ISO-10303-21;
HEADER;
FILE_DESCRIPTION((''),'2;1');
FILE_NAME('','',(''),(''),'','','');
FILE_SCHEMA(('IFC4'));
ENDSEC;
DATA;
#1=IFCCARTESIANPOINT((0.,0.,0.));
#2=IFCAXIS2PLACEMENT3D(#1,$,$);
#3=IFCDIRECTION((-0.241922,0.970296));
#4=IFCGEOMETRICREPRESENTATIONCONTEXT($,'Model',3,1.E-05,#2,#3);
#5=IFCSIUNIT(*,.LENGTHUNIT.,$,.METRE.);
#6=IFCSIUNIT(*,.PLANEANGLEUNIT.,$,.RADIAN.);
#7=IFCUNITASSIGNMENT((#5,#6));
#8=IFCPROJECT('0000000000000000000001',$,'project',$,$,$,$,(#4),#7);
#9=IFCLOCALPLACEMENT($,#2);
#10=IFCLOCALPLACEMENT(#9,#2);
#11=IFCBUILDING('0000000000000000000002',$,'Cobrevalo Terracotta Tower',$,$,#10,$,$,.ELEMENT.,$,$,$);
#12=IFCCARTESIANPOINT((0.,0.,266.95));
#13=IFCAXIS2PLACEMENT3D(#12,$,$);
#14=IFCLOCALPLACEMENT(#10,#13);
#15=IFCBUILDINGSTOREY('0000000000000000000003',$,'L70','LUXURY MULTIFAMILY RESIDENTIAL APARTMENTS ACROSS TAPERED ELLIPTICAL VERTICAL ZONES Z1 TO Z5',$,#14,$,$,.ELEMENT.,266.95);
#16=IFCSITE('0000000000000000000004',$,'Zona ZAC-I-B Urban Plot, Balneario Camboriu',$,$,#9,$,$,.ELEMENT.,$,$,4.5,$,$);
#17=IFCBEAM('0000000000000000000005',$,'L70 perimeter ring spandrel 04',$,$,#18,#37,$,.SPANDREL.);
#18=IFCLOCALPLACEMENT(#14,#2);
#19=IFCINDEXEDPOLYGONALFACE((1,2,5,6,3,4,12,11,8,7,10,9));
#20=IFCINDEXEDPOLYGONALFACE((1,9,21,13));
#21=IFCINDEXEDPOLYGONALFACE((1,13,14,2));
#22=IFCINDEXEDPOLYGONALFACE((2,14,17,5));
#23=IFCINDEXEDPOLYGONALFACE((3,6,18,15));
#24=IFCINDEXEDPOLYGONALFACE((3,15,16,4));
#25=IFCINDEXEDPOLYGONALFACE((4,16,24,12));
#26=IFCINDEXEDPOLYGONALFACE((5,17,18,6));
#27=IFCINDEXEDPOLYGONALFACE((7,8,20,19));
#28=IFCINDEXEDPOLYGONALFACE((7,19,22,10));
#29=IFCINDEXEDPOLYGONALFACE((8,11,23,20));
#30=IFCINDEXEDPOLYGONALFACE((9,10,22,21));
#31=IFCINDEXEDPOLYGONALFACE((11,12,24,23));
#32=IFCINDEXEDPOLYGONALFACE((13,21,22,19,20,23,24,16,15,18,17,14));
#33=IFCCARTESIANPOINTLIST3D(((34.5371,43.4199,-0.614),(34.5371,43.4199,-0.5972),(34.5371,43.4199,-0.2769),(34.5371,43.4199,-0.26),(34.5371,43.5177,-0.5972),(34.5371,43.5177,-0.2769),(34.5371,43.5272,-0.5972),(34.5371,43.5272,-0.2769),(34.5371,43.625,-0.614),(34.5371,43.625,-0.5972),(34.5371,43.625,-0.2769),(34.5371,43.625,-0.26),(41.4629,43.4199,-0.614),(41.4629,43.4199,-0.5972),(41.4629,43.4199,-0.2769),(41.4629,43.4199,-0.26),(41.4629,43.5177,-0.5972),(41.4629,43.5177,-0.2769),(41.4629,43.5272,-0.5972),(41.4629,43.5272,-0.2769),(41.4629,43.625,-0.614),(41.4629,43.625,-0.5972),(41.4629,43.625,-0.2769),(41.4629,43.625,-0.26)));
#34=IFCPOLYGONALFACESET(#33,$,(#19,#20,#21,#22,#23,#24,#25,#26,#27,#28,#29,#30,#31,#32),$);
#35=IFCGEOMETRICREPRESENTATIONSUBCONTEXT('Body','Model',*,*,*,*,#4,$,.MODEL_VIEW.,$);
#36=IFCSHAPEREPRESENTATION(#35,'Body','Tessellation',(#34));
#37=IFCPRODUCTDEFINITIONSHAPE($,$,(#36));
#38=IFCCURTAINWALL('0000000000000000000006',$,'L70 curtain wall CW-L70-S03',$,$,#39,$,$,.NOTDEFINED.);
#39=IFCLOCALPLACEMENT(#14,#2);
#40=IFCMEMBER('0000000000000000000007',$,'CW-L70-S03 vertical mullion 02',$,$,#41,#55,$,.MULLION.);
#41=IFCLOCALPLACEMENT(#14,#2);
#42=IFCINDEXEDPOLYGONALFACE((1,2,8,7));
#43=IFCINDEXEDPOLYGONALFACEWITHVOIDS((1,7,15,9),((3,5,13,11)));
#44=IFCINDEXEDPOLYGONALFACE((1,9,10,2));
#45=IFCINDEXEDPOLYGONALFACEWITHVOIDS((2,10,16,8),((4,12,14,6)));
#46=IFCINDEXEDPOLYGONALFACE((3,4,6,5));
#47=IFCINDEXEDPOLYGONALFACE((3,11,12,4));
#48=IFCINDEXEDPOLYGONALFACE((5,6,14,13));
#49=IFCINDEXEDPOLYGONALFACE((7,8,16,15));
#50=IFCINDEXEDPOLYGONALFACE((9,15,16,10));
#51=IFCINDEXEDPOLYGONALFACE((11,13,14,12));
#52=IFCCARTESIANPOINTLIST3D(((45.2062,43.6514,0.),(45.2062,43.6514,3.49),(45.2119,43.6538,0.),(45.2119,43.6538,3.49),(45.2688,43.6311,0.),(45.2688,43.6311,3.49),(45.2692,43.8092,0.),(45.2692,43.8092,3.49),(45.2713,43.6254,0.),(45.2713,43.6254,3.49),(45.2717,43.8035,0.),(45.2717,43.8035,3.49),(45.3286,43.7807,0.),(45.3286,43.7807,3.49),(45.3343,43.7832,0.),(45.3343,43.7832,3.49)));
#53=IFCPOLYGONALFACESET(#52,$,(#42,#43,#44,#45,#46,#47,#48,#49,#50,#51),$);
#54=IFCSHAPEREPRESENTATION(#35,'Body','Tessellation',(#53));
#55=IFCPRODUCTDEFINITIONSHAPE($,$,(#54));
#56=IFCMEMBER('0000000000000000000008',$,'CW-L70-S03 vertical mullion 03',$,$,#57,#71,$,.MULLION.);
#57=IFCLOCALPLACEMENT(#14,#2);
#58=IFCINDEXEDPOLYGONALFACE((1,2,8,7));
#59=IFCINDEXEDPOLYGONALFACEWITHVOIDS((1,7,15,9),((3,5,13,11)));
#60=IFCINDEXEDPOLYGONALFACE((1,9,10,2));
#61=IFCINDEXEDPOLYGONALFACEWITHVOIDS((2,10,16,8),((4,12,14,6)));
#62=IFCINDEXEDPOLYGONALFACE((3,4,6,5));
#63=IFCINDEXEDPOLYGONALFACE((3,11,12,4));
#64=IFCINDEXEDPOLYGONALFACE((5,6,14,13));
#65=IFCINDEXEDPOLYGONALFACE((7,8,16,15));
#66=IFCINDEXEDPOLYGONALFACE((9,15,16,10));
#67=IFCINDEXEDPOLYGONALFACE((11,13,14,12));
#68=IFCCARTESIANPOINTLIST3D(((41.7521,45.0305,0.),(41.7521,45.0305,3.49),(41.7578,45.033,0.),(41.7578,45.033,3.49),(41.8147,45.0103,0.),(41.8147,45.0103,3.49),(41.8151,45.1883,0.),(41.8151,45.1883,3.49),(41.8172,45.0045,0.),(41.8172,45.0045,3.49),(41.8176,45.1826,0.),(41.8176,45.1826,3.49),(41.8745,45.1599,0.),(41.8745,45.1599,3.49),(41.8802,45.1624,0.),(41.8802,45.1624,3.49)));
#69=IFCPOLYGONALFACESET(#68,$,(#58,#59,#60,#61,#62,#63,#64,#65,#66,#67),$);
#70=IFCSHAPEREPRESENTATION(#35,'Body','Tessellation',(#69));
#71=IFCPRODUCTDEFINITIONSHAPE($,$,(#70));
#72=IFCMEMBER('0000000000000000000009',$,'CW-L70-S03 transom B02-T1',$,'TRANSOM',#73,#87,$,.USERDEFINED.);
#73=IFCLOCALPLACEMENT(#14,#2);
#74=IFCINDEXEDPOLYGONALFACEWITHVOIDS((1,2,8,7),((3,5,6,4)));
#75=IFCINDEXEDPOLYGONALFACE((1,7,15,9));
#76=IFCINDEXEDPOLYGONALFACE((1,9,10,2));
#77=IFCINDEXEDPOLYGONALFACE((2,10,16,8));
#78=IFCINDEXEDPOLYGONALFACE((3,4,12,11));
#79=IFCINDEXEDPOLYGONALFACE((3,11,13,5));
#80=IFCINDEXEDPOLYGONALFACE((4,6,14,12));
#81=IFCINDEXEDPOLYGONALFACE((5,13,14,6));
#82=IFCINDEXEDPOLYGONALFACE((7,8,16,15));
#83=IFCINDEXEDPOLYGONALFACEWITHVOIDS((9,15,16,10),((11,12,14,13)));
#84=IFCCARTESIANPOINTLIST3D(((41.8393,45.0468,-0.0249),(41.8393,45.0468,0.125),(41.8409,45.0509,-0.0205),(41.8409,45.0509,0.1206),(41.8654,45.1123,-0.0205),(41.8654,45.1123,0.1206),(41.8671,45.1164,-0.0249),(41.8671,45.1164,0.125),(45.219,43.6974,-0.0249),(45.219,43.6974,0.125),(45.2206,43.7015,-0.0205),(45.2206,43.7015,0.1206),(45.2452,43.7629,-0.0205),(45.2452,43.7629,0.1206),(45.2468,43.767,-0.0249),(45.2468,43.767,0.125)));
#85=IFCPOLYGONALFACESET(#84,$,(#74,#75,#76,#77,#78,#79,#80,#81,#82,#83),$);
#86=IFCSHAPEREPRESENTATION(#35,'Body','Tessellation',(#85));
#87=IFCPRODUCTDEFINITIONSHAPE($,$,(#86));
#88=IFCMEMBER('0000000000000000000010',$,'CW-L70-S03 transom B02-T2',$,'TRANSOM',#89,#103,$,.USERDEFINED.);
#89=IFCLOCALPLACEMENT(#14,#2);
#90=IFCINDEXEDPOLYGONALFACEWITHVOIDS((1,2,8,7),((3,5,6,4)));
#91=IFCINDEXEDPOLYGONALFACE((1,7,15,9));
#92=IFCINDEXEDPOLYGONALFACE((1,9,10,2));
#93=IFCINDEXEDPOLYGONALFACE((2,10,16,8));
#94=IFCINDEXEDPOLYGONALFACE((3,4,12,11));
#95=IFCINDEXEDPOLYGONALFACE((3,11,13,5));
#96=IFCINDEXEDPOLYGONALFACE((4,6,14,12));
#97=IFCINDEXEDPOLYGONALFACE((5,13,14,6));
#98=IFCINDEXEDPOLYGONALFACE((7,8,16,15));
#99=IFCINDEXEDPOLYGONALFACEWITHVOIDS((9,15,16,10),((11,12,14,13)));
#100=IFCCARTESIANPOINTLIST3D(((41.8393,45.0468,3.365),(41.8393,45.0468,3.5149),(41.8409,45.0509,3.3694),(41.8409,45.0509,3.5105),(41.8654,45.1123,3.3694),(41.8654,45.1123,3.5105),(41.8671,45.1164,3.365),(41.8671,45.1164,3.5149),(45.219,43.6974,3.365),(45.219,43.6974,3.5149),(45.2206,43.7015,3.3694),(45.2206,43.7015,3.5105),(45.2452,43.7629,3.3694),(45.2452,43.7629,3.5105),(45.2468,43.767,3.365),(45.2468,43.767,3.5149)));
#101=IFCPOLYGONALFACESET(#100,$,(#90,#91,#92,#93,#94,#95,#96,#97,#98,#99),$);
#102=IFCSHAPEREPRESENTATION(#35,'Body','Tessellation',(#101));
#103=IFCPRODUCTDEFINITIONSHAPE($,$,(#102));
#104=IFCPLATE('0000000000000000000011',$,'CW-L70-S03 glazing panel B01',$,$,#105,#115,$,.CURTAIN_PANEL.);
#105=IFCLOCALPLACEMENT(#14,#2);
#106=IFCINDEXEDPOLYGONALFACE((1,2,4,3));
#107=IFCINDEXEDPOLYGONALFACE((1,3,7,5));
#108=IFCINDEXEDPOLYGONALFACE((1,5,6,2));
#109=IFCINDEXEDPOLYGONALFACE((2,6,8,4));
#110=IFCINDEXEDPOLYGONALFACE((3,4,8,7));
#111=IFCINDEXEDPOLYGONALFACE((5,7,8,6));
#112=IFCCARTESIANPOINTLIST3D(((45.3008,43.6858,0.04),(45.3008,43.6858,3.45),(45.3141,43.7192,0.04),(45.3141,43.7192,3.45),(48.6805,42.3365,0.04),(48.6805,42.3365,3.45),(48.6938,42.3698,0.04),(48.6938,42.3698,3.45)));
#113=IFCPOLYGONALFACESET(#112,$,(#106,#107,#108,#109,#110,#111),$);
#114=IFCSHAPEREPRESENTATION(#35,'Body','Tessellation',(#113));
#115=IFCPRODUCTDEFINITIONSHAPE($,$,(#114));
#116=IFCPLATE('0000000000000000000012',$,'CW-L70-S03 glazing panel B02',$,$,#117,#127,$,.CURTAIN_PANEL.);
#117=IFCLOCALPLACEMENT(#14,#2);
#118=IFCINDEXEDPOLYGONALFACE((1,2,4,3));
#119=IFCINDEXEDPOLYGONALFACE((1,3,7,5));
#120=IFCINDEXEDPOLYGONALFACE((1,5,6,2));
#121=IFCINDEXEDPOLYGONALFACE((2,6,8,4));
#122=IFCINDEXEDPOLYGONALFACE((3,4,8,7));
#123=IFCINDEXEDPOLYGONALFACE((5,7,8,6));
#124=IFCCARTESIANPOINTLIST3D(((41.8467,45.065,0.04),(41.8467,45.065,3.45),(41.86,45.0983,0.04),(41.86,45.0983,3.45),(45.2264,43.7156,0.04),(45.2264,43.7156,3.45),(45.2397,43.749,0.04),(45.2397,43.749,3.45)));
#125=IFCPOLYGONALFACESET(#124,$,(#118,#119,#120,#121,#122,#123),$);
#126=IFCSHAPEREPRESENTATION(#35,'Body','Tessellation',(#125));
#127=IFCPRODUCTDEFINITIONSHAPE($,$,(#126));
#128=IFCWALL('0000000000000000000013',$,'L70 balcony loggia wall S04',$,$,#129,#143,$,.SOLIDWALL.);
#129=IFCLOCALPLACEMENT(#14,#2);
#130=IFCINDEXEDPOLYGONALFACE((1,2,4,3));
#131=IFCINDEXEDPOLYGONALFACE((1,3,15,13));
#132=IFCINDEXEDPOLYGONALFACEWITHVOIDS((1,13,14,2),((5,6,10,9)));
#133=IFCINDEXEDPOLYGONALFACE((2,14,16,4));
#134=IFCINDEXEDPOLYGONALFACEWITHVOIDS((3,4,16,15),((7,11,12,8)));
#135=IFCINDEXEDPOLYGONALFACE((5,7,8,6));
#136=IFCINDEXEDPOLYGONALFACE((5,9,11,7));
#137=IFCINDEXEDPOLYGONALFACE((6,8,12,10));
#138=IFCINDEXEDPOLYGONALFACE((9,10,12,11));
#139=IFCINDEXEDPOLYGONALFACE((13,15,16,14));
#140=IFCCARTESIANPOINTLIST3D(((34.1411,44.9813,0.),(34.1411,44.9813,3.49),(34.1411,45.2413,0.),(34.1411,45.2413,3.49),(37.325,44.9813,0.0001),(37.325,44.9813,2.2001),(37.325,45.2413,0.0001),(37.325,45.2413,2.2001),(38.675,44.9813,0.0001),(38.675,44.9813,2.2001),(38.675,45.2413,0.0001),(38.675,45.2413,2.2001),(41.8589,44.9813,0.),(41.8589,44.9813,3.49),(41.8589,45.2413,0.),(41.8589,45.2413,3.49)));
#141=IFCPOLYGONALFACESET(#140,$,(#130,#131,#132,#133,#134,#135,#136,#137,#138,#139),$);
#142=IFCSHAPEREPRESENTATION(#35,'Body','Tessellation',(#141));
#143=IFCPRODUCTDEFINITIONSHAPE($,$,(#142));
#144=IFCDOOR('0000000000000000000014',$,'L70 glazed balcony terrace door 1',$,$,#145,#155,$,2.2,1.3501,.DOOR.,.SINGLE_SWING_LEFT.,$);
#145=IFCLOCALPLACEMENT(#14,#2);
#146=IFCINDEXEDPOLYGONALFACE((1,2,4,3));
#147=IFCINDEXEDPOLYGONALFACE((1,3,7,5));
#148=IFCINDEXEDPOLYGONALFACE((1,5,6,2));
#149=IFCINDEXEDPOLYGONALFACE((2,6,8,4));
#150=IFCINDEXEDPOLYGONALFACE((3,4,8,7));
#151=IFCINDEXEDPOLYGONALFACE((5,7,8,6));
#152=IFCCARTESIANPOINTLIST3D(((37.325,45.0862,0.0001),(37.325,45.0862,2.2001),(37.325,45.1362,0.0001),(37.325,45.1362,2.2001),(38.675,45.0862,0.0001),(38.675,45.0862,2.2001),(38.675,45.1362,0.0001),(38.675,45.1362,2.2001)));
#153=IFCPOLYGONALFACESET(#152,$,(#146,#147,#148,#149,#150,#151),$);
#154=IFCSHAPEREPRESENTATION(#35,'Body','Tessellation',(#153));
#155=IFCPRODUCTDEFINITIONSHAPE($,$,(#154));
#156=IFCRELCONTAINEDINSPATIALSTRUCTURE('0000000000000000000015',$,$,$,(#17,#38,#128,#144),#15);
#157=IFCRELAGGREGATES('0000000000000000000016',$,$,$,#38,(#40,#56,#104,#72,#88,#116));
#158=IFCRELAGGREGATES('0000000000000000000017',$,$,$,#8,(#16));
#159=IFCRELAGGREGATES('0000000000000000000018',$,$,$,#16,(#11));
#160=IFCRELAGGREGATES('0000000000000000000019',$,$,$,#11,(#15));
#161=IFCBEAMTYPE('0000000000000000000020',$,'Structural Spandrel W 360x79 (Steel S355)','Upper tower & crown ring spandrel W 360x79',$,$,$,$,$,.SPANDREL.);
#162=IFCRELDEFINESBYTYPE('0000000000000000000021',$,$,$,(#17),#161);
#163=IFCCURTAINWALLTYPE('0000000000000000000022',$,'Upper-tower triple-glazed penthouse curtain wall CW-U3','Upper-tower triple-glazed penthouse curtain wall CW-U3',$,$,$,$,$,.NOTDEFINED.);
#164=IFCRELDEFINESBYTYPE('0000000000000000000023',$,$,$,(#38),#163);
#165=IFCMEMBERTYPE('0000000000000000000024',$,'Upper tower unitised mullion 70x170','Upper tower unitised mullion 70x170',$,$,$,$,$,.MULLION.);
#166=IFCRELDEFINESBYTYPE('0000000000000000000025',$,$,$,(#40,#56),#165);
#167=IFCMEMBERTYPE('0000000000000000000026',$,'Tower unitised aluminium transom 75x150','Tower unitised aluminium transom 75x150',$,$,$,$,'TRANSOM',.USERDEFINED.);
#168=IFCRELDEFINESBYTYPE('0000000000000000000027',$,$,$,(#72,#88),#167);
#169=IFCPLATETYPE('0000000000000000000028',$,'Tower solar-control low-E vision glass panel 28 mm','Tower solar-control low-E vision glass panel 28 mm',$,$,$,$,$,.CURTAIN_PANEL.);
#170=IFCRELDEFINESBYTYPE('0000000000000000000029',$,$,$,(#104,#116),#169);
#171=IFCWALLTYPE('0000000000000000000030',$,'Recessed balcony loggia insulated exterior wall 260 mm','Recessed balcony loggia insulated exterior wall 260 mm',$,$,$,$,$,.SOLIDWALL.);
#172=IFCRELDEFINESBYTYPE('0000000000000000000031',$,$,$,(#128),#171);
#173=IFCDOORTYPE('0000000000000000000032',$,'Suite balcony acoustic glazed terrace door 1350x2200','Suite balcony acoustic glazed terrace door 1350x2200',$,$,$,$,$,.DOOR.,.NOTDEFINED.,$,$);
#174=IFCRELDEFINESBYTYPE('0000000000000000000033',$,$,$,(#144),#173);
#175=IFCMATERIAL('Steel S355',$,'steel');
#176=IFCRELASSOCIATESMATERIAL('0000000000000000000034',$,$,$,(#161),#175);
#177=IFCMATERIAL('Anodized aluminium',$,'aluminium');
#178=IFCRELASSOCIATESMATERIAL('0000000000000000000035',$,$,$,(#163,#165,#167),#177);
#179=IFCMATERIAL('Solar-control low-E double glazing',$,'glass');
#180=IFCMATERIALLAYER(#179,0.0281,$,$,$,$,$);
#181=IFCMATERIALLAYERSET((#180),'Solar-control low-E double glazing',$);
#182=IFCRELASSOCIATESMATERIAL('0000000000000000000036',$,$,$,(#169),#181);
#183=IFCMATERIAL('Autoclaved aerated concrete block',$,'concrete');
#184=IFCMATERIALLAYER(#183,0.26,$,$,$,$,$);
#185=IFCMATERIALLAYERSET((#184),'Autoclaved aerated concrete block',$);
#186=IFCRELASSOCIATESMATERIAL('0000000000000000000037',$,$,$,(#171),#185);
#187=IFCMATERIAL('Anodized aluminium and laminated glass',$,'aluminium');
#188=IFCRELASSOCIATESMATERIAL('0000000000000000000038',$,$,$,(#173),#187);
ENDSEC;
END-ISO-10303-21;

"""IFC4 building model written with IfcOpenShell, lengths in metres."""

from ifc_helpers import new_model, si_unit, direction, frame, frame_2d, origin, origin_2d, place, context, subcontext, project, spatial, rectangle, hollow_rectangle, i_section, extrude, source, transform, mapped, material, layer, layer_set, material_profile, profile_set, type_object, element, fill, aggregate, save


model = new_model("IFC4")

# Units and contexts
model_context = context("Model", 3, precision=1e-05, world=origin(), true_north=direction((-0.241922, 0.970296)))
body_context = subcontext(model_context, "Body", "Model", "MODEL_VIEW")
ifc_project = project(units=[si_unit("LENGTHUNIT", "METRE"), si_unit("PLANEANGLEUNIT", "RADIAN")], contexts=[model_context])

# Site, building, storey
site_placement = place(None, origin())
site = spatial("IfcSite", under=ifc_project, at=site_placement, Name="Zona ZAC-I-B Urban Plot, Balneario Camboriu", CompositionType="ELEMENT", RefElevation=4.5)
building_placement = place(site_placement, origin())
building = spatial("IfcBuilding", under=site, at=building_placement, Name="Cobrevalo Terracotta Tower", CompositionType="ELEMENT")
storey_placement = place(building_placement, frame((0.0, 0.0, 266.95)))
storey = spatial("IfcBuildingStorey", under=building, at=storey_placement, Name="L70", Description="LUXURY MULTIFAMILY RESIDENTIAL APARTMENTS ACROSS TAPERED ELLIPTICAL VERTICAL ZONES Z1 TO Z5", CompositionType="ELEMENT", Elevation=266.95)

# Shared definitions
ifc_material_1 = material(Name="Steel S355", Category="steel")

# Beam
ifc_material_profile_1 = material_profile(ifc_material_1, i_section(OverallWidth=0.2051, OverallDepth=0.354, WebThickness=0.0095, FlangeThickness=0.0168, at=origin_2d()), Name="W 360x79")
ifc_profile_set_1 = profile_set([ifc_material_profile_1], Name="Steel S355")
beam_type_1 = type_object("IfcBeamType", Name="Structural Spandrel W 360x79 (Steel S355)", Description="Upper tower & crown ring spandrel W 360x79", PredefinedType="SPANDREL", material=ifc_profile_set_1)
beam_1_placement = place(storey_placement, frame((41.4629, 43.5225, -0.437), z_axis=(-1.0, 0.0, 0.0), x_axis=(0.0, -1.0, 0.0)))
element("IfcBeam", 1, at=beam_1_placement, inside=storey, type_object=beam_type_1, Name="L70 perimeter ring spandrel 04", PredefinedType="SPANDREL", context=body_context, shape_type="SweptSolid", body=[
    extrude(i_section(OverallWidth=0.2051, OverallDepth=0.354, WebThickness=0.0095, FlangeThickness=0.0168, at=origin_2d()), origin(), (0.0, 0.0, 1.0), 6.9258),
])

# Curtain wall, members, plates
ifc_material_2 = material(Name="Anodized aluminium", Category="aluminium")
curtain_wall_type = type_object("IfcCurtainWallType", Name="Upper-tower triple-glazed penthouse curtain wall CW-U3", Description="Upper-tower triple-glazed penthouse curtain wall CW-U3", PredefinedType="NOTDEFINED", material=ifc_material_2)
curtain_wall_placement = place(storey_placement, origin())
curtain_wall = element("IfcCurtainWall", 2, at=curtain_wall_placement, inside=storey, type_object=curtain_wall_type, Name="L70 curtain wall CW-L70-S03", PredefinedType="NOTDEFINED")
ifc_material_profile_2 = material_profile(ifc_material_2, hollow_rectangle(XDim=0.0701, YDim=0.1699, WallThickness=0.0044, at=origin_2d()), Name="CWM 70x170")
ifc_profile_set_2 = profile_set([ifc_material_profile_2], Name="Anodized aluminium")
member_type_1 = type_object("IfcMemberType", Name="Upper tower unitised mullion 70x170", Description="Upper tower unitised mullion 70x170", PredefinedType="MULLION", material=ifc_profile_set_2)
shared_shape_1 = source(origin(), body_context, "Body", "SweptSolid", [
    extrude(hollow_rectangle(XDim=0.0701, YDim=0.1699, WallThickness=0.0044, at=origin_2d()), origin(), (0.0, 0.0, 1.0), 3.49),
])
member_1_placement = place(storey_placement, frame((45.2703, 43.7173, 0.0), z_axis=(0.0, 0.0, 1.0), x_axis=(-0.928719, 0.370784, 0.0)))
member_1 = element("IfcMember", 3, at=member_1_placement, type_object=member_type_1, Name="CW-L70-S03 vertical mullion 02", PredefinedType="MULLION", context=body_context, shape_type="MappedRepresentation", body=[
    mapped(shared_shape_1, transform((0.0, 0.0, 0.0), scale=1.0)),
])
member_2_placement = place(storey_placement, frame((41.8162, 45.0964, 0.0), z_axis=(0.0, 0.0, 1.0), x_axis=(-0.928719, 0.370784, 0.0)))
member_2 = element("IfcMember", 4, at=member_2_placement, type_object=member_type_1, Name="CW-L70-S03 vertical mullion 03", PredefinedType="MULLION", context=body_context, shape_type="MappedRepresentation", body=[
    mapped(shared_shape_1, transform((0.0, 0.0, 0.0), scale=1.0)),
])
ifc_material_profile_3 = material_profile(ifc_material_2, hollow_rectangle(XDim=0.075, YDim=0.1499, WallThickness=0.0044, at=origin_2d()), Name="CWT 75x150")
ifc_profile_set_3 = profile_set([ifc_material_profile_3], Name="Anodized aluminium")
member_type_2 = type_object("IfcMemberType", Name="Tower unitised aluminium transom 75x150", Description="Tower unitised aluminium transom 75x150", ElementType="TRANSOM", PredefinedType="USERDEFINED", material=ifc_profile_set_3)
shared_shape_2 = source(origin(), body_context, "Body", "SweptSolid", [
    extrude(hollow_rectangle(XDim=0.075, YDim=0.1499, WallThickness=0.0044, at=origin_2d()), origin(), (0.0, 0.0, 1.0), 3.6392),
])
member_3_placement = place(storey_placement, frame((45.2329, 43.7322, 0.05), z_axis=(-0.928712, 0.370801, 0.0), x_axis=(-0.370801, -0.928712, 0.0)))
member_3 = element("IfcMember", 5, at=member_3_placement, type_object=member_type_2, Name="CW-L70-S03 transom B02-T1", ObjectType="TRANSOM", PredefinedType="USERDEFINED", context=body_context, shape_type="MappedRepresentation", body=[
    mapped(shared_shape_2, transform((0.0, 0.0, 0.0), scale=1.0)),
])
member_4_placement = place(storey_placement, frame((45.2329, 43.7322, 3.4399), z_axis=(-0.928712, 0.370801, 0.0), x_axis=(-0.370801, -0.928712, 0.0)))
member_4 = element("IfcMember", 6, at=member_4_placement, type_object=member_type_2, Name="CW-L70-S03 transom B02-T2", ObjectType="TRANSOM", PredefinedType="USERDEFINED", context=body_context, shape_type="MappedRepresentation", body=[
    mapped(shared_shape_2, transform((0.0, 0.0, 0.0), scale=1.0)),
])
ifc_material_3 = material(Name="Solar-control low-E double glazing", Category="glass")
ifc_layer_1 = layer(ifc_material_3, 0.0281)
ifc_layer_set_1 = layer_set([ifc_layer_1], Name="Solar-control low-E double glazing")
plate_type = type_object("IfcPlateType", Name="Tower solar-control low-E vision glass panel 28 mm", Description="Tower solar-control low-E vision glass panel 28 mm", PredefinedType="CURTAIN_PANEL", material=ifc_layer_set_1)
shared_shape_3 = source(origin(), body_context, "Body", "SweptSolid", [
    extrude(rectangle(XDim=3.6392, YDim=0.0359, at=origin_2d()), origin(), (0.0, 0.0, 1.0), 3.4099),
])
plate_1_placement = place(storey_placement, frame((46.9973, 43.0278, 0.04), z_axis=(0.0, 0.0, 1.0), x_axis=(-0.928718, 0.370786, 0.0)))
plate_1 = element("IfcPlate", 7, at=plate_1_placement, type_object=plate_type, Name="CW-L70-S03 glazing panel B01", PredefinedType="CURTAIN_PANEL", context=body_context, shape_type="MappedRepresentation", body=[
    mapped(shared_shape_3, transform((0.0, 0.0, 0.0), scale=1.0)),
])
plate_2_placement = place(storey_placement, frame((43.5432, 44.407, 0.04), z_axis=(0.0, 0.0, 1.0), x_axis=(-0.928718, 0.370786, 0.0)))
plate_2 = element("IfcPlate", 8, at=plate_2_placement, type_object=plate_type, Name="CW-L70-S03 glazing panel B02", PredefinedType="CURTAIN_PANEL", context=body_context, shape_type="MappedRepresentation", body=[
    mapped(shared_shape_3, transform((0.0, 0.0, 0.0), scale=1.0)),
])
aggregate(curtain_wall, [member_1, member_2, plate_1, member_3, member_4, plate_2])

# Wall, opening, door
ifc_material_4 = material(Name="Autoclaved aerated concrete block", Category="concrete")
ifc_layer_2 = layer(ifc_material_4, 0.26)
ifc_layer_set_2 = layer_set([ifc_layer_2], Name="Autoclaved aerated concrete block")
wall_type_1 = type_object("IfcWallType", Name="Recessed balcony loggia insulated exterior wall 260 mm", Description="Recessed balcony loggia insulated exterior wall 260 mm", PredefinedType="SOLIDWALL", material=ifc_layer_set_2)
wall_1_placement = place(storey_placement, frame((41.8589, 45.1113, 0.0), z_axis=(0.0, 0.0, 1.0), x_axis=(-1.0, 0.0, 0.0)))
wall_1 = element("IfcWall", 9, at=wall_1_placement, inside=storey, type_object=wall_type_1, Name="L70 balcony loggia wall S04", PredefinedType="SOLIDWALL", context=body_context, shape_type="SweptSolid", body=[
    extrude(rectangle(XDim=7.7178, YDim=0.26, at=frame_2d((3.8589, 0.0))), origin(), (0.0, 0.0, 1.0), 3.49),
])
opening_1_placement = place(wall_1_placement, frame((3.1838, 0.0, 0.0)))
opening_1 = element("IfcOpeningElement", 10, at=opening_1_placement, cuts=wall_1, PredefinedType="OPENING", context=body_context, shape_type="SweptSolid", body=[
    extrude(rectangle(XDim=1.3501, YDim=2.2, at=frame_2d((0.675, 1.1001))), frame((0.0, 0.1401, 0.0), z_axis=(0.0, -1.0, 0.0), x_axis=(1.0, 0.0, 0.0)), (0.0, 0.0, 1.0), 0.28),
])
ifc_material_5 = material(Name="Anodized aluminium and laminated glass", Category="aluminium")
door_type_1 = type_object("IfcDoorType", Name="Suite balcony acoustic glazed terrace door 1350x2200", Description="Suite balcony acoustic glazed terrace door 1350x2200", OperationType="NOTDEFINED", PredefinedType="DOOR", material=ifc_material_5)
shared_shape_4 = source(origin(), body_context, "Body", "SweptSolid", [
    extrude(rectangle(XDim=1.3501, YDim=2.2, at=frame_2d((0.675, 1.1001))), frame((0.0, 0.0249, 0.0), z_axis=(0.0, -1.0, 0.0), x_axis=(1.0, 0.0, 0.0)), (0.0, 0.0, 1.0), 0.05),
])
door_1_placement = place(opening_1_placement, frame((1.3501, 0.0, 0.0), z_axis=(0.0, 0.0, 1.0), x_axis=(-1.0, 0.0, 0.0)))
door_1 = element("IfcDoor", 11, at=door_1_placement, inside=storey, type_object=door_type_1, Name="L70 glazed balcony terrace door 1", OperationType="SINGLE_SWING_LEFT", OverallHeight=2.2, OverallWidth=1.3501, PredefinedType="DOOR", context=body_context, shape_type="MappedRepresentation", body=[
    mapped(shared_shape_4, transform((0.0, 0.0, 0.0), scale=1.0)),
])
fill(opening_1, door_1)

save(model, "model.ifc")
